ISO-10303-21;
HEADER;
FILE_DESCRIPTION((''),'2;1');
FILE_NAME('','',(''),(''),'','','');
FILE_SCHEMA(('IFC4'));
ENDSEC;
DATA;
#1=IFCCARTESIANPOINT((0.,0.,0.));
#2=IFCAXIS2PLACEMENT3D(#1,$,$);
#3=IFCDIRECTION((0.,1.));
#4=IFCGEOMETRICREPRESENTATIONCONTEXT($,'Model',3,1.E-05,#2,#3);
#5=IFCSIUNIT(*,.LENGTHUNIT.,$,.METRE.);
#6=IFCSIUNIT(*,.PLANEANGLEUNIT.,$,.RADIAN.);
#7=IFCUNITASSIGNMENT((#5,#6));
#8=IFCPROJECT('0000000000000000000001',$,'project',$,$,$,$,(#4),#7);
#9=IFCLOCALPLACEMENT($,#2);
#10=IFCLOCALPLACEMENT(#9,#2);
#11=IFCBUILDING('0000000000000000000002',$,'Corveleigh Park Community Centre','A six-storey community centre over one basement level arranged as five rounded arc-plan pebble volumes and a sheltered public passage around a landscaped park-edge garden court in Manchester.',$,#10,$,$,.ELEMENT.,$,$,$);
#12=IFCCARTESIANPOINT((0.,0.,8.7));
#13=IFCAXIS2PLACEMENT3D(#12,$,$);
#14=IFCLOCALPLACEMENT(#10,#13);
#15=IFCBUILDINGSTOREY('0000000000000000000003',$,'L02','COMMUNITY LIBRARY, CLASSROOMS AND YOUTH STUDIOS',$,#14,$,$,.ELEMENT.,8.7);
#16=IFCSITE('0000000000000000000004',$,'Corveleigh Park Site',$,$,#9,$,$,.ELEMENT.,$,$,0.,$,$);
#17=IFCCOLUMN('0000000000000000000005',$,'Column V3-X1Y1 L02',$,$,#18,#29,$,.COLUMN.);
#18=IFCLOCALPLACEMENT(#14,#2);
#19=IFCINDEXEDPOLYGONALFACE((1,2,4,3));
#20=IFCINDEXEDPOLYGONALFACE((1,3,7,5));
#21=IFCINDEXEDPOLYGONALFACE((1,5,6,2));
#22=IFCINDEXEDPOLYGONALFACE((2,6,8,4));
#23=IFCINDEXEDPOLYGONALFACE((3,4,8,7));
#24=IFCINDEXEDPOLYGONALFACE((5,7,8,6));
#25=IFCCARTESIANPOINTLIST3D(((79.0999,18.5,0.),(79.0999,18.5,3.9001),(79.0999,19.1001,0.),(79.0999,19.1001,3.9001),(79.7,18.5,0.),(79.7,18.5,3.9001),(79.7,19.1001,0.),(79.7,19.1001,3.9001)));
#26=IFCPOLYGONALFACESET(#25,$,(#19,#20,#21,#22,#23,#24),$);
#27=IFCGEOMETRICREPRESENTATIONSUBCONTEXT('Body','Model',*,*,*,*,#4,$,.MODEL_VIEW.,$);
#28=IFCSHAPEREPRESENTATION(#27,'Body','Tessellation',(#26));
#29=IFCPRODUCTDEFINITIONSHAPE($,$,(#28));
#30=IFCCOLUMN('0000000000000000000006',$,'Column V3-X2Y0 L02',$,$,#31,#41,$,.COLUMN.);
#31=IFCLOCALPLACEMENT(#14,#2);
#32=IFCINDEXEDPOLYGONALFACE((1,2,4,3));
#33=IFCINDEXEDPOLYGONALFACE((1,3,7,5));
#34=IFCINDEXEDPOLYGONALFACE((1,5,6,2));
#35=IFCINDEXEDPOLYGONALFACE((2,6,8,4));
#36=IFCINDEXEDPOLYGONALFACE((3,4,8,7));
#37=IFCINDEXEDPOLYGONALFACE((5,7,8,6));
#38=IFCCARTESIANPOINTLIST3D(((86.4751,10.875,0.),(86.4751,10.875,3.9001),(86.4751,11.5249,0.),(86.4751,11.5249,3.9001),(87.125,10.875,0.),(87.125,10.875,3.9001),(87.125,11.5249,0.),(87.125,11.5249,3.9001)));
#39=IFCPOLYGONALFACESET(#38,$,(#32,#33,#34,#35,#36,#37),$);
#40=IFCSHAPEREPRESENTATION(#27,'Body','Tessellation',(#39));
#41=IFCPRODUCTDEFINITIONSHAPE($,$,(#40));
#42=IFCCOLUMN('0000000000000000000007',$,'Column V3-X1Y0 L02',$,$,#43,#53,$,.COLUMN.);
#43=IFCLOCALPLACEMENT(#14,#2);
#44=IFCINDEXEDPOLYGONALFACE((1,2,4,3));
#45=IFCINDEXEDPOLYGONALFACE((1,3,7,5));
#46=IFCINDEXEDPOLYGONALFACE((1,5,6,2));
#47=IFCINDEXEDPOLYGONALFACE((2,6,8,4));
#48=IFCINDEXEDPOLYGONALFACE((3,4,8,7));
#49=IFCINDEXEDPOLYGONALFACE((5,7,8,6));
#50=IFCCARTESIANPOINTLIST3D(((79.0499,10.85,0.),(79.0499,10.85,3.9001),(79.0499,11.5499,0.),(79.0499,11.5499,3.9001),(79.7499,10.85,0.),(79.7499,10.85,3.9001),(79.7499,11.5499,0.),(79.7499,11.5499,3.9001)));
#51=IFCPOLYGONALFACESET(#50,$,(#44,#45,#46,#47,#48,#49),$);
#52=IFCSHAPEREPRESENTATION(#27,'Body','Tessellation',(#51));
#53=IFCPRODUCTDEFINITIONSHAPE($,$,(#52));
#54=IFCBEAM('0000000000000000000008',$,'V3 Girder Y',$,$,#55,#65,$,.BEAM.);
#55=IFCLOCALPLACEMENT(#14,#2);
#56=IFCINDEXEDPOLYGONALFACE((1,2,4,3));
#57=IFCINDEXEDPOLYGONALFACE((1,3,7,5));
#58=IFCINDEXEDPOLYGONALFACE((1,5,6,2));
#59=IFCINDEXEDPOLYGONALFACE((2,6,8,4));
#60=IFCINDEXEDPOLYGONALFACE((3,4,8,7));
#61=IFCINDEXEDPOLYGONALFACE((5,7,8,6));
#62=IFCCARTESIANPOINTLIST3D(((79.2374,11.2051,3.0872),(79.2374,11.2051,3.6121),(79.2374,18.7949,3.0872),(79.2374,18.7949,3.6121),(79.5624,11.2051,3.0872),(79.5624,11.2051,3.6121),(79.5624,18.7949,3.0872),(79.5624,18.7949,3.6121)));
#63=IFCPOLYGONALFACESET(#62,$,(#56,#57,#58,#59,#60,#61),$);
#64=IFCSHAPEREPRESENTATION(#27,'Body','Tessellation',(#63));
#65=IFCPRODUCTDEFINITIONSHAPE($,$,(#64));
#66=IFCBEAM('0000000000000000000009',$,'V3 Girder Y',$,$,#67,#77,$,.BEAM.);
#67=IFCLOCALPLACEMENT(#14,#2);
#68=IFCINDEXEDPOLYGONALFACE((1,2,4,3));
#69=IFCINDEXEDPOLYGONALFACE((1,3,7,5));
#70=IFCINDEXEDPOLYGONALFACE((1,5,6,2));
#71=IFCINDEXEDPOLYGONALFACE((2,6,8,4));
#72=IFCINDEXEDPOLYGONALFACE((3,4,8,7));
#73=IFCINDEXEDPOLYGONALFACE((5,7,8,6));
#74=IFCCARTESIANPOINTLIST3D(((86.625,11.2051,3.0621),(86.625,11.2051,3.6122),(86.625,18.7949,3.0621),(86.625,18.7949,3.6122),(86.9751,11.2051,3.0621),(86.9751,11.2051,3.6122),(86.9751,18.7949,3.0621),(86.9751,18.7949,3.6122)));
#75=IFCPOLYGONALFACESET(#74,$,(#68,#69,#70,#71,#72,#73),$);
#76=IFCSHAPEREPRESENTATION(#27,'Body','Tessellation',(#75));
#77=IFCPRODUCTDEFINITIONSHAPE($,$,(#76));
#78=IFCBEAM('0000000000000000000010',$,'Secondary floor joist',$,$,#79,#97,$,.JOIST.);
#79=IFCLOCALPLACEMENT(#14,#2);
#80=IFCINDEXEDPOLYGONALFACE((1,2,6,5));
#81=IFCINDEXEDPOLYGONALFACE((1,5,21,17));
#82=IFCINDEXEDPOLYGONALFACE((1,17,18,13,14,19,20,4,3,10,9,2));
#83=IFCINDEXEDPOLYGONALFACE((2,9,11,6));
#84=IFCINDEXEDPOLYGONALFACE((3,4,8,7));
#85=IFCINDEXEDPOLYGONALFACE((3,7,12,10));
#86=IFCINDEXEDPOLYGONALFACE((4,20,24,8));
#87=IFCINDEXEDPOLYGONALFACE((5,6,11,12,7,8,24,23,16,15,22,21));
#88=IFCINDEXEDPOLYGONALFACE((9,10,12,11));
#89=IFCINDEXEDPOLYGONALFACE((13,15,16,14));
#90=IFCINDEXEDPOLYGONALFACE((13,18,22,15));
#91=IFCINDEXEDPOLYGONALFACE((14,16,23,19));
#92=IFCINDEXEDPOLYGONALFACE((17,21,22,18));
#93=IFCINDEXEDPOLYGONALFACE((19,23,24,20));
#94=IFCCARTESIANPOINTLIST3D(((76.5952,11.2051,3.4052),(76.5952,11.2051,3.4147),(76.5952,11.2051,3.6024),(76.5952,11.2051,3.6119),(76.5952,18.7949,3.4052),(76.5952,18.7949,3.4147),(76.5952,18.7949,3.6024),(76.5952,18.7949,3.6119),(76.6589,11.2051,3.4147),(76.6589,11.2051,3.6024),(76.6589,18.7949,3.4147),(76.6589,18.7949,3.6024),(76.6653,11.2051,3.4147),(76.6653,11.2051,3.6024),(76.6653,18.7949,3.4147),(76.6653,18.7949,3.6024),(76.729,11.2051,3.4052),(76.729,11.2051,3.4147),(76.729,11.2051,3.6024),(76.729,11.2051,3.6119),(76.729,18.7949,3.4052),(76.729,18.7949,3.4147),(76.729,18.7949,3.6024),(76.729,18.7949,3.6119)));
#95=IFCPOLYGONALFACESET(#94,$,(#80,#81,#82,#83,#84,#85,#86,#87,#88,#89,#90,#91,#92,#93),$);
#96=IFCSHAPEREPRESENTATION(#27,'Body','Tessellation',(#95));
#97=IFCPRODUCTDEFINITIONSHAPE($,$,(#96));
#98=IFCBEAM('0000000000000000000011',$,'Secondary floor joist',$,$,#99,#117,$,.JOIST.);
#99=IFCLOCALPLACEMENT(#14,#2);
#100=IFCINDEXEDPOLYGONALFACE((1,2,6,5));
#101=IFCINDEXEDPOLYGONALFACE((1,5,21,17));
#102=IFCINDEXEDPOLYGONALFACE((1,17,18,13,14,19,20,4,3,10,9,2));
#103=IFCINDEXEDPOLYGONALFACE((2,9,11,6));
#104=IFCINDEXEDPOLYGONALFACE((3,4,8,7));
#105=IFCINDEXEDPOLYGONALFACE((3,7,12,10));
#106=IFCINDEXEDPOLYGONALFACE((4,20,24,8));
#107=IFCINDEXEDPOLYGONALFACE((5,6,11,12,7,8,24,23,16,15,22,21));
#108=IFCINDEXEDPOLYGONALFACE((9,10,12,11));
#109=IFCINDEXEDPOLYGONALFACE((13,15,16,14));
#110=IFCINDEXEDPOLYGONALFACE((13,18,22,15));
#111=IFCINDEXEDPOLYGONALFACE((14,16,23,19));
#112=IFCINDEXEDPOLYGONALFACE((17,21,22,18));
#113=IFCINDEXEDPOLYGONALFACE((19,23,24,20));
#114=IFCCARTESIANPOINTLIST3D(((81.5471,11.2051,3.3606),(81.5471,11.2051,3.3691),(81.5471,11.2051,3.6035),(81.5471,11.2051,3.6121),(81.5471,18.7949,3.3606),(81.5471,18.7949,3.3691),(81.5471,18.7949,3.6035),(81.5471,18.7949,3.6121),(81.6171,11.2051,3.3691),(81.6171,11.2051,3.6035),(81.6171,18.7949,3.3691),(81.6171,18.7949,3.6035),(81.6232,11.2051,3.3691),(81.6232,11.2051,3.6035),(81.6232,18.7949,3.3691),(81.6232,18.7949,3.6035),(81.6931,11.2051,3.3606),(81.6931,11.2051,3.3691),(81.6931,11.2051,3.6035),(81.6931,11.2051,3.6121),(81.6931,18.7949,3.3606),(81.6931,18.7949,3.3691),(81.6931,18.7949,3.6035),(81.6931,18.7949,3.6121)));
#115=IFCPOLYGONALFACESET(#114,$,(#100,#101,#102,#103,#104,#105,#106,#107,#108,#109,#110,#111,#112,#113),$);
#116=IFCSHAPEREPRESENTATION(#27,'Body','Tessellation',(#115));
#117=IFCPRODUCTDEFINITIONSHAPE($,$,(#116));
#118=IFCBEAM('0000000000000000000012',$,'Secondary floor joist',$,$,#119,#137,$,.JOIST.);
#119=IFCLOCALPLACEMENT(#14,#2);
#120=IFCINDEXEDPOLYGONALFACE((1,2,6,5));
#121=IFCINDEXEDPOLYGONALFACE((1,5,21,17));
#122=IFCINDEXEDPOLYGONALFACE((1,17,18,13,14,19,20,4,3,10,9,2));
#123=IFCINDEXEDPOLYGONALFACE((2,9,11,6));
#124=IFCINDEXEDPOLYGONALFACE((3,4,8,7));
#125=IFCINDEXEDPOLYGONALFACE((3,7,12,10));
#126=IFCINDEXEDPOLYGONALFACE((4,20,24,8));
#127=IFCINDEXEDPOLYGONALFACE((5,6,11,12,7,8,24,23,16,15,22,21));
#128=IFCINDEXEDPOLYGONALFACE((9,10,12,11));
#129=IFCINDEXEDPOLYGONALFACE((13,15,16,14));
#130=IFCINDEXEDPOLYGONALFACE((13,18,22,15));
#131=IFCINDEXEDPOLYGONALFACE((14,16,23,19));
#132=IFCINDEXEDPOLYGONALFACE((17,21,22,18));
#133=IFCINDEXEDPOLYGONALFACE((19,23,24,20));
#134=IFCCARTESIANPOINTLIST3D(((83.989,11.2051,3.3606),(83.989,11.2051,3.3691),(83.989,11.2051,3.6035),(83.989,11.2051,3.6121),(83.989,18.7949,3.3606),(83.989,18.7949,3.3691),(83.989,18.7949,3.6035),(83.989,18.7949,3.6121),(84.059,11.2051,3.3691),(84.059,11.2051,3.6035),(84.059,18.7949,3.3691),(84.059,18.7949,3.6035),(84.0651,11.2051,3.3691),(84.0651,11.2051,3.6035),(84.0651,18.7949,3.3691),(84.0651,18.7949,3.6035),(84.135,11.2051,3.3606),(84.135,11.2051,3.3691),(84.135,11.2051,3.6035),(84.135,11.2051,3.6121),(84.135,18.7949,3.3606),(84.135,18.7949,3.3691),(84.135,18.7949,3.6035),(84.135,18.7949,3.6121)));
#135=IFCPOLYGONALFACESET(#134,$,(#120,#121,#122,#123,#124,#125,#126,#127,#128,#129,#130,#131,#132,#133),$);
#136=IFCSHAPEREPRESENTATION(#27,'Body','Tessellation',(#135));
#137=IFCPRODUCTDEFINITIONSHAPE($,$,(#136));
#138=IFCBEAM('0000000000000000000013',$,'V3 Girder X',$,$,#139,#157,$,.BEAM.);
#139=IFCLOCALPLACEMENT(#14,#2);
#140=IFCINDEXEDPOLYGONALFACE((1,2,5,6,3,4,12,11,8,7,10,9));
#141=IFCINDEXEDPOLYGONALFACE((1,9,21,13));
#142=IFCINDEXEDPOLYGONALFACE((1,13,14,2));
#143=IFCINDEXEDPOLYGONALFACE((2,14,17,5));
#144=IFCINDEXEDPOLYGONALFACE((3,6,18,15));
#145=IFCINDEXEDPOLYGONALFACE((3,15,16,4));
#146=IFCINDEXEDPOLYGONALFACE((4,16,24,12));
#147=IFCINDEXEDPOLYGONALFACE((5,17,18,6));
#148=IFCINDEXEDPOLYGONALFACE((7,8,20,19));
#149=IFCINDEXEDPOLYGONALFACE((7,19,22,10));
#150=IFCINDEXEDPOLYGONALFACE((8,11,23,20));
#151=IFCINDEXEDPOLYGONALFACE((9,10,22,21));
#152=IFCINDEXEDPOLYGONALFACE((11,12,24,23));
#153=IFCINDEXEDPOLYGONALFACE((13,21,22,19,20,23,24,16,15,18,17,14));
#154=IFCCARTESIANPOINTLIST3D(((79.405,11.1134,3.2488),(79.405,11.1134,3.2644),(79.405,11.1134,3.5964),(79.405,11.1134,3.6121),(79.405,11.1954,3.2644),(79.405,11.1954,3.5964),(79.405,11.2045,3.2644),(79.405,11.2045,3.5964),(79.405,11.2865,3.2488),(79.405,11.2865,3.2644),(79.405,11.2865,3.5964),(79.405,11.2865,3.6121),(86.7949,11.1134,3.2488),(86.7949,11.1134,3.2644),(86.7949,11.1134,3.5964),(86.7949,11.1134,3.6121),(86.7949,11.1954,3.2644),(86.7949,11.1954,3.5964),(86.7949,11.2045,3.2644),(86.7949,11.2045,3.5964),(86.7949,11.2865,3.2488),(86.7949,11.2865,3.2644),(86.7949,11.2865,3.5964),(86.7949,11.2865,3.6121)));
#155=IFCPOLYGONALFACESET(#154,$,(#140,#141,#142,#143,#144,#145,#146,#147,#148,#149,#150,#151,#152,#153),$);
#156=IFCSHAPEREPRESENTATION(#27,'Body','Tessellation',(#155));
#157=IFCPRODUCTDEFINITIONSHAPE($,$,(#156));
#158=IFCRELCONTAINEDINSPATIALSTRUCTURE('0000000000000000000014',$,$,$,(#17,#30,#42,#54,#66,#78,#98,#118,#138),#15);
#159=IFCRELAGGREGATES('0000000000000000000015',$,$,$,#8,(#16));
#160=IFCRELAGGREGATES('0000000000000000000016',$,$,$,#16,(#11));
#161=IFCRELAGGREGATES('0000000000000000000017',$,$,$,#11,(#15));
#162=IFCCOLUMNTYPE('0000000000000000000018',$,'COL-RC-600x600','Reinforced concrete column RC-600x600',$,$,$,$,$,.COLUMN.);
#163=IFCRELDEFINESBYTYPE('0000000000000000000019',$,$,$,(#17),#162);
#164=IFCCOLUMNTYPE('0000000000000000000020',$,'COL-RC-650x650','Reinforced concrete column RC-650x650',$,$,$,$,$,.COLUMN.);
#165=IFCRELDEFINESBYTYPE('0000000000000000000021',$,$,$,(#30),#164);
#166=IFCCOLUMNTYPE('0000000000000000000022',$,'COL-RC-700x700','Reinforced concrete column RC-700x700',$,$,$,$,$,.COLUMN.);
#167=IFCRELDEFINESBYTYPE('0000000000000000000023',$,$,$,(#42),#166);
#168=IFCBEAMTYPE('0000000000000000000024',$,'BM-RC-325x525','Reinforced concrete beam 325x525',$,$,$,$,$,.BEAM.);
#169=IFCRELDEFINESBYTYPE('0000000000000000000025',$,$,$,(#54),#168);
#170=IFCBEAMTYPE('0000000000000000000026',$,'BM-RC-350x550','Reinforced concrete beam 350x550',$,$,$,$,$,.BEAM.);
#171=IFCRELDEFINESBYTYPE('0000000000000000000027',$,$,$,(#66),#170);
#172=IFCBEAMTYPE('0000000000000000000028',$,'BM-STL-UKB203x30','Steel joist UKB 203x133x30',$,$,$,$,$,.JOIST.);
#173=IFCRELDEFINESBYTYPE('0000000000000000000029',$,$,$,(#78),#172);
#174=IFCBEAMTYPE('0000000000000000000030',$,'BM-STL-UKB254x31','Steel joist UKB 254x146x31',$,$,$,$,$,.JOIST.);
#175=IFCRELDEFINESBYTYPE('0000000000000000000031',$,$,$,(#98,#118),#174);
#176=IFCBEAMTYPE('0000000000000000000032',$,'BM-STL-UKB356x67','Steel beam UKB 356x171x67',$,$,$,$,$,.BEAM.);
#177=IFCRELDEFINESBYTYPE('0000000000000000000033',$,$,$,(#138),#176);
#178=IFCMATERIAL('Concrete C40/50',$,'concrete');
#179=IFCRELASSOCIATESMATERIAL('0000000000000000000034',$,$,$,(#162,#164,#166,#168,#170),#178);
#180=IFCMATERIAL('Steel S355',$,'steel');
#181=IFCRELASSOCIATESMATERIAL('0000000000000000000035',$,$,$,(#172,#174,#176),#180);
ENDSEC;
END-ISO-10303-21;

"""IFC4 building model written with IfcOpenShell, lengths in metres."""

from ifc_helpers import new_model, si_unit, direction, frame, origin, origin_2d, place, context, subcontext, project, spatial, rectangle, i_section, extrude, material, material_profile, profile_set, type_object, element, save


model = new_model("IFC4")

# Units and contexts
model_context = context("Model", 3, precision=1e-05, world=origin(), true_north=direction((0.0, 1.0)))
body_context = subcontext(model_context, "Body", "Model", "MODEL_VIEW")
ifc_project = project(units=[si_unit("LENGTHUNIT", "METRE"), si_unit("PLANEANGLEUNIT", "RADIAN")], contexts=[model_context])

# Site, building, storey
site_placement = place(None, origin())
site = spatial("IfcSite", under=ifc_project, at=site_placement, Name="Corveleigh Park Site", CompositionType="ELEMENT", RefElevation=0.0)
building_placement = place(site_placement, origin())
building = spatial("IfcBuilding", under=site, at=building_placement, Name="Corveleigh Park Community Centre", Description="A six-storey community centre over one basement level arranged as five rounded arc-plan pebble volumes and a sheltered public passage around a landscaped park-edge garden court in Manchester.", CompositionType="ELEMENT")
storey_placement = place(building_placement, frame((0.0, 0.0, 8.7)))
storey = spatial("IfcBuildingStorey", under=building, at=storey_placement, Name="L02", Description="COMMUNITY LIBRARY, CLASSROOMS AND YOUTH STUDIOS", CompositionType="ELEMENT", Elevation=8.7)

# Columns
ifc_material_1 = material(Name="Concrete C40/50", Category="concrete")
ifc_material_profile_1 = material_profile(ifc_material_1, rectangle(XDim=0.6001, YDim=0.6001, at=origin_2d()), Name="RC-600x600", Category="concrete")
ifc_profile_set_1 = profile_set([ifc_material_profile_1], Name="Concrete C40/50")
column_type_1 = type_object("IfcColumnType", Name="COL-RC-600x600", Description="Reinforced concrete column RC-600x600", PredefinedType="COLUMN", material=ifc_profile_set_1)
column_1_placement = place(storey_placement, frame((79.3999, 18.8, 0.0), z_axis=(0.0, 0.0, 1.0), x_axis=(1.0, 0.0, 0.0)))
element("IfcColumn", 1, at=column_1_placement, inside=storey, type_object=column_type_1, Name="Column V3-X1Y1 L02", PredefinedType="COLUMN", context=body_context, shape_type="SweptSolid", body=[
    extrude(rectangle(XDim=0.6001, YDim=0.6001, at=origin_2d()), origin(), (0.0, 0.0, 1.0), 3.9001),
])
ifc_material_profile_2 = material_profile(ifc_material_1, rectangle(XDim=0.6499, YDim=0.6499, at=origin_2d()), Name="RC-650x650", Category="concrete")
ifc_profile_set_2 = profile_set([ifc_material_profile_2], Name="Concrete C40/50")
column_type_2 = type_object("IfcColumnType", Name="COL-RC-650x650", Description="Reinforced concrete column RC-650x650", PredefinedType="COLUMN", material=ifc_profile_set_2)
column_2_placement = place(storey_placement, frame((86.8, 11.2, 0.0), z_axis=(0.0, 0.0, 1.0), x_axis=(1.0, 0.0, 0.0)))
element("IfcColumn", 2, at=column_2_placement, inside=storey, type_object=column_type_2, Name="Column V3-X2Y0 L02", PredefinedType="COLUMN", context=body_context, shape_type="SweptSolid", body=[
    extrude(rectangle(XDim=0.6499, YDim=0.6499, at=origin_2d()), origin(), (0.0, 0.0, 1.0), 3.9001),
])
ifc_material_profile_3 = material_profile(ifc_material_1, rectangle(XDim=0.7, YDim=0.7, at=origin_2d()), Name="RC-700x700", Category="concrete")
ifc_profile_set_3 = profile_set([ifc_material_profile_3], Name="Concrete C40/50")
column_type_3 = type_object("IfcColumnType", Name="COL-RC-700x700", Description="Reinforced concrete column RC-700x700", PredefinedType="COLUMN", material=ifc_profile_set_3)
column_3_placement = place(storey_placement, frame((79.3999, 11.2, 0.0), z_axis=(0.0, 0.0, 1.0), x_axis=(1.0, 0.0, 0.0)))
element("IfcColumn", 3, at=column_3_placement, inside=storey, type_object=column_type_3, Name="Column V3-X1Y0 L02", PredefinedType="COLUMN", context=body_context, shape_type="SweptSolid", body=[
    extrude(rectangle(XDim=0.7, YDim=0.7, at=origin_2d()), origin(), (0.0, 0.0, 1.0), 3.9001),
])

# Beams
ifc_material_profile_4 = material_profile(ifc_material_1, rectangle(XDim=0.325, YDim=0.5249, at=origin_2d()), Name="RC-325x525", Category="concrete")
ifc_profile_set_4 = profile_set([ifc_material_profile_4], Name="Concrete C40/50")
beam_type_1 = type_object("IfcBeamType", Name="BM-RC-325x525", Description="Reinforced concrete beam 325x525", PredefinedType="BEAM", material=ifc_profile_set_4)
beam_1_placement = place(storey_placement, frame((79.3999, 11.2051, 3.3496), z_axis=(0.0, 1.0, 0.0), x_axis=(-1.0, 0.0, 0.0)))
element("IfcBeam", 4, at=beam_1_placement, inside=storey, type_object=beam_type_1, Name="V3 Girder Y", PredefinedType="BEAM", context=body_context, shape_type="SweptSolid", body=[
    extrude(rectangle(XDim=0.325, YDim=0.5249, at=origin_2d()), origin(), (0.0, 0.0, 1.0), 7.5898),
])
ifc_material_profile_5 = material_profile(ifc_material_1, rectangle(XDim=0.3501, YDim=0.55, at=origin_2d()), Name="RC-350x550", Category="concrete")
ifc_profile_set_5 = profile_set([ifc_material_profile_5], Name="Concrete C40/50")
beam_type_2 = type_object("IfcBeamType", Name="BM-RC-350x550", Description="Reinforced concrete beam 350x550", PredefinedType="BEAM", material=ifc_profile_set_5)
beam_2_placement = place(storey_placement, frame((86.8, 11.2051, 3.3372), z_axis=(0.0, 1.0, 0.0), x_axis=(-1.0, 0.0, 0.0)))
element("IfcBeam", 5, at=beam_2_placement, inside=storey, type_object=beam_type_2, Name="V3 Girder Y", PredefinedType="BEAM", context=body_context, shape_type="SweptSolid", body=[
    extrude(rectangle(XDim=0.3501, YDim=0.55, at=origin_2d()), origin(), (0.0, 0.0, 1.0), 7.5898),
])
ifc_material_2 = material(Name="Steel S355", Category="steel")
ifc_material_profile_6 = material_profile(ifc_material_2, i_section(OverallWidth=0.1338, OverallDepth=0.2068, WebThickness=0.0063, FlangeThickness=0.0095, at=origin_2d()), Name="UKB 203x133x30", Category="steel")
ifc_profile_set_6 = profile_set([ifc_material_profile_6], Name="Steel S355")
beam_type_3 = type_object("IfcBeamType", Name="BM-STL-UKB203x30", Description="Steel joist UKB 203x133x30", PredefinedType="JOIST", material=ifc_profile_set_6)
beam_3_placement = place(storey_placement, frame((76.6621, 11.2051, 3.5085), z_axis=(0.0, 1.0, 0.0), x_axis=(-1.0, 0.0, 0.0)))
element("IfcBeam", 6, at=beam_3_placement, inside=storey, type_object=beam_type_3, Name="Secondary floor joist", PredefinedType="JOIST", context=body_context, shape_type="SweptSolid", body=[
    extrude(i_section(OverallWidth=0.1338, OverallDepth=0.2068, WebThickness=0.0063, FlangeThickness=0.0095, at=origin_2d()), origin(), (0.0, 0.0, 1.0), 7.5898),
])
ifc_material_profile_7 = material_profile(ifc_material_2, i_section(OverallWidth=0.146, OverallDepth=0.2515, WebThickness=0.0061, FlangeThickness=0.0085, at=origin_2d()), Name="UKB 254x146x31", Category="steel")
ifc_profile_set_7 = profile_set([ifc_material_profile_7], Name="Steel S355")
beam_type_4 = type_object("IfcBeamType", Name="BM-STL-UKB254x31", Description="Steel joist UKB 254x146x31", PredefinedType="JOIST", material=ifc_profile_set_7)
for number, where, z_axis, x_axis, name in (
    (7, (81.6201, 11.2051, 3.4863), (0.0, 1.0, 0.0), (-1.0, 0.0, 0.0), "Secondary floor joist"),
    (8, (84.062, 11.2051, 3.4863), (0.0, 1.0, 0.0), (-1.0, 0.0, 0.0), "Secondary floor joist"),
):
    element("IfcBeam", number, at=place(storey_placement, frame(where, z_axis=z_axis, x_axis=x_axis)), inside=storey, type_object=beam_type_4, Name=name, PredefinedType="JOIST", context=body_context, shape_type="SweptSolid", body=[
        extrude(i_section(OverallWidth=0.146, OverallDepth=0.2515, WebThickness=0.0061, FlangeThickness=0.0085, at=origin_2d()), origin(), (0.0, 0.0, 1.0), 7.5898),
    ])
ifc_material_profile_8 = material_profile(ifc_material_2, i_section(OverallWidth=0.1731, OverallDepth=0.3633, WebThickness=0.009, FlangeThickness=0.0156, at=origin_2d()), Name="UKB 356x171x67", Category="steel")
ifc_profile_set_8 = profile_set([ifc_material_profile_8], Name="Steel S355")
beam_type_5 = type_object("IfcBeamType", Name="BM-STL-UKB356x67", Description="Steel beam UKB 356x171x67", PredefinedType="BEAM", material=ifc_profile_set_8)
beam_4_placement = place(storey_placement, frame((79.405, 11.2, 3.4304), z_axis=(1.0, 0.0, 0.0), x_axis=(0.0, 1.0, 0.0)))
element("IfcBeam", 9, at=beam_4_placement, inside=storey, type_object=beam_type_5, Name="V3 Girder X", PredefinedType="BEAM", context=body_context, shape_type="SweptSolid", body=[
    extrude(i_section(OverallWidth=0.1731, OverallDepth=0.3633, WebThickness=0.009, FlangeThickness=0.0156, at=origin_2d()), origin(), (0.0, 0.0, 1.0), 7.3899),
])

save(model, "model.ifc")
